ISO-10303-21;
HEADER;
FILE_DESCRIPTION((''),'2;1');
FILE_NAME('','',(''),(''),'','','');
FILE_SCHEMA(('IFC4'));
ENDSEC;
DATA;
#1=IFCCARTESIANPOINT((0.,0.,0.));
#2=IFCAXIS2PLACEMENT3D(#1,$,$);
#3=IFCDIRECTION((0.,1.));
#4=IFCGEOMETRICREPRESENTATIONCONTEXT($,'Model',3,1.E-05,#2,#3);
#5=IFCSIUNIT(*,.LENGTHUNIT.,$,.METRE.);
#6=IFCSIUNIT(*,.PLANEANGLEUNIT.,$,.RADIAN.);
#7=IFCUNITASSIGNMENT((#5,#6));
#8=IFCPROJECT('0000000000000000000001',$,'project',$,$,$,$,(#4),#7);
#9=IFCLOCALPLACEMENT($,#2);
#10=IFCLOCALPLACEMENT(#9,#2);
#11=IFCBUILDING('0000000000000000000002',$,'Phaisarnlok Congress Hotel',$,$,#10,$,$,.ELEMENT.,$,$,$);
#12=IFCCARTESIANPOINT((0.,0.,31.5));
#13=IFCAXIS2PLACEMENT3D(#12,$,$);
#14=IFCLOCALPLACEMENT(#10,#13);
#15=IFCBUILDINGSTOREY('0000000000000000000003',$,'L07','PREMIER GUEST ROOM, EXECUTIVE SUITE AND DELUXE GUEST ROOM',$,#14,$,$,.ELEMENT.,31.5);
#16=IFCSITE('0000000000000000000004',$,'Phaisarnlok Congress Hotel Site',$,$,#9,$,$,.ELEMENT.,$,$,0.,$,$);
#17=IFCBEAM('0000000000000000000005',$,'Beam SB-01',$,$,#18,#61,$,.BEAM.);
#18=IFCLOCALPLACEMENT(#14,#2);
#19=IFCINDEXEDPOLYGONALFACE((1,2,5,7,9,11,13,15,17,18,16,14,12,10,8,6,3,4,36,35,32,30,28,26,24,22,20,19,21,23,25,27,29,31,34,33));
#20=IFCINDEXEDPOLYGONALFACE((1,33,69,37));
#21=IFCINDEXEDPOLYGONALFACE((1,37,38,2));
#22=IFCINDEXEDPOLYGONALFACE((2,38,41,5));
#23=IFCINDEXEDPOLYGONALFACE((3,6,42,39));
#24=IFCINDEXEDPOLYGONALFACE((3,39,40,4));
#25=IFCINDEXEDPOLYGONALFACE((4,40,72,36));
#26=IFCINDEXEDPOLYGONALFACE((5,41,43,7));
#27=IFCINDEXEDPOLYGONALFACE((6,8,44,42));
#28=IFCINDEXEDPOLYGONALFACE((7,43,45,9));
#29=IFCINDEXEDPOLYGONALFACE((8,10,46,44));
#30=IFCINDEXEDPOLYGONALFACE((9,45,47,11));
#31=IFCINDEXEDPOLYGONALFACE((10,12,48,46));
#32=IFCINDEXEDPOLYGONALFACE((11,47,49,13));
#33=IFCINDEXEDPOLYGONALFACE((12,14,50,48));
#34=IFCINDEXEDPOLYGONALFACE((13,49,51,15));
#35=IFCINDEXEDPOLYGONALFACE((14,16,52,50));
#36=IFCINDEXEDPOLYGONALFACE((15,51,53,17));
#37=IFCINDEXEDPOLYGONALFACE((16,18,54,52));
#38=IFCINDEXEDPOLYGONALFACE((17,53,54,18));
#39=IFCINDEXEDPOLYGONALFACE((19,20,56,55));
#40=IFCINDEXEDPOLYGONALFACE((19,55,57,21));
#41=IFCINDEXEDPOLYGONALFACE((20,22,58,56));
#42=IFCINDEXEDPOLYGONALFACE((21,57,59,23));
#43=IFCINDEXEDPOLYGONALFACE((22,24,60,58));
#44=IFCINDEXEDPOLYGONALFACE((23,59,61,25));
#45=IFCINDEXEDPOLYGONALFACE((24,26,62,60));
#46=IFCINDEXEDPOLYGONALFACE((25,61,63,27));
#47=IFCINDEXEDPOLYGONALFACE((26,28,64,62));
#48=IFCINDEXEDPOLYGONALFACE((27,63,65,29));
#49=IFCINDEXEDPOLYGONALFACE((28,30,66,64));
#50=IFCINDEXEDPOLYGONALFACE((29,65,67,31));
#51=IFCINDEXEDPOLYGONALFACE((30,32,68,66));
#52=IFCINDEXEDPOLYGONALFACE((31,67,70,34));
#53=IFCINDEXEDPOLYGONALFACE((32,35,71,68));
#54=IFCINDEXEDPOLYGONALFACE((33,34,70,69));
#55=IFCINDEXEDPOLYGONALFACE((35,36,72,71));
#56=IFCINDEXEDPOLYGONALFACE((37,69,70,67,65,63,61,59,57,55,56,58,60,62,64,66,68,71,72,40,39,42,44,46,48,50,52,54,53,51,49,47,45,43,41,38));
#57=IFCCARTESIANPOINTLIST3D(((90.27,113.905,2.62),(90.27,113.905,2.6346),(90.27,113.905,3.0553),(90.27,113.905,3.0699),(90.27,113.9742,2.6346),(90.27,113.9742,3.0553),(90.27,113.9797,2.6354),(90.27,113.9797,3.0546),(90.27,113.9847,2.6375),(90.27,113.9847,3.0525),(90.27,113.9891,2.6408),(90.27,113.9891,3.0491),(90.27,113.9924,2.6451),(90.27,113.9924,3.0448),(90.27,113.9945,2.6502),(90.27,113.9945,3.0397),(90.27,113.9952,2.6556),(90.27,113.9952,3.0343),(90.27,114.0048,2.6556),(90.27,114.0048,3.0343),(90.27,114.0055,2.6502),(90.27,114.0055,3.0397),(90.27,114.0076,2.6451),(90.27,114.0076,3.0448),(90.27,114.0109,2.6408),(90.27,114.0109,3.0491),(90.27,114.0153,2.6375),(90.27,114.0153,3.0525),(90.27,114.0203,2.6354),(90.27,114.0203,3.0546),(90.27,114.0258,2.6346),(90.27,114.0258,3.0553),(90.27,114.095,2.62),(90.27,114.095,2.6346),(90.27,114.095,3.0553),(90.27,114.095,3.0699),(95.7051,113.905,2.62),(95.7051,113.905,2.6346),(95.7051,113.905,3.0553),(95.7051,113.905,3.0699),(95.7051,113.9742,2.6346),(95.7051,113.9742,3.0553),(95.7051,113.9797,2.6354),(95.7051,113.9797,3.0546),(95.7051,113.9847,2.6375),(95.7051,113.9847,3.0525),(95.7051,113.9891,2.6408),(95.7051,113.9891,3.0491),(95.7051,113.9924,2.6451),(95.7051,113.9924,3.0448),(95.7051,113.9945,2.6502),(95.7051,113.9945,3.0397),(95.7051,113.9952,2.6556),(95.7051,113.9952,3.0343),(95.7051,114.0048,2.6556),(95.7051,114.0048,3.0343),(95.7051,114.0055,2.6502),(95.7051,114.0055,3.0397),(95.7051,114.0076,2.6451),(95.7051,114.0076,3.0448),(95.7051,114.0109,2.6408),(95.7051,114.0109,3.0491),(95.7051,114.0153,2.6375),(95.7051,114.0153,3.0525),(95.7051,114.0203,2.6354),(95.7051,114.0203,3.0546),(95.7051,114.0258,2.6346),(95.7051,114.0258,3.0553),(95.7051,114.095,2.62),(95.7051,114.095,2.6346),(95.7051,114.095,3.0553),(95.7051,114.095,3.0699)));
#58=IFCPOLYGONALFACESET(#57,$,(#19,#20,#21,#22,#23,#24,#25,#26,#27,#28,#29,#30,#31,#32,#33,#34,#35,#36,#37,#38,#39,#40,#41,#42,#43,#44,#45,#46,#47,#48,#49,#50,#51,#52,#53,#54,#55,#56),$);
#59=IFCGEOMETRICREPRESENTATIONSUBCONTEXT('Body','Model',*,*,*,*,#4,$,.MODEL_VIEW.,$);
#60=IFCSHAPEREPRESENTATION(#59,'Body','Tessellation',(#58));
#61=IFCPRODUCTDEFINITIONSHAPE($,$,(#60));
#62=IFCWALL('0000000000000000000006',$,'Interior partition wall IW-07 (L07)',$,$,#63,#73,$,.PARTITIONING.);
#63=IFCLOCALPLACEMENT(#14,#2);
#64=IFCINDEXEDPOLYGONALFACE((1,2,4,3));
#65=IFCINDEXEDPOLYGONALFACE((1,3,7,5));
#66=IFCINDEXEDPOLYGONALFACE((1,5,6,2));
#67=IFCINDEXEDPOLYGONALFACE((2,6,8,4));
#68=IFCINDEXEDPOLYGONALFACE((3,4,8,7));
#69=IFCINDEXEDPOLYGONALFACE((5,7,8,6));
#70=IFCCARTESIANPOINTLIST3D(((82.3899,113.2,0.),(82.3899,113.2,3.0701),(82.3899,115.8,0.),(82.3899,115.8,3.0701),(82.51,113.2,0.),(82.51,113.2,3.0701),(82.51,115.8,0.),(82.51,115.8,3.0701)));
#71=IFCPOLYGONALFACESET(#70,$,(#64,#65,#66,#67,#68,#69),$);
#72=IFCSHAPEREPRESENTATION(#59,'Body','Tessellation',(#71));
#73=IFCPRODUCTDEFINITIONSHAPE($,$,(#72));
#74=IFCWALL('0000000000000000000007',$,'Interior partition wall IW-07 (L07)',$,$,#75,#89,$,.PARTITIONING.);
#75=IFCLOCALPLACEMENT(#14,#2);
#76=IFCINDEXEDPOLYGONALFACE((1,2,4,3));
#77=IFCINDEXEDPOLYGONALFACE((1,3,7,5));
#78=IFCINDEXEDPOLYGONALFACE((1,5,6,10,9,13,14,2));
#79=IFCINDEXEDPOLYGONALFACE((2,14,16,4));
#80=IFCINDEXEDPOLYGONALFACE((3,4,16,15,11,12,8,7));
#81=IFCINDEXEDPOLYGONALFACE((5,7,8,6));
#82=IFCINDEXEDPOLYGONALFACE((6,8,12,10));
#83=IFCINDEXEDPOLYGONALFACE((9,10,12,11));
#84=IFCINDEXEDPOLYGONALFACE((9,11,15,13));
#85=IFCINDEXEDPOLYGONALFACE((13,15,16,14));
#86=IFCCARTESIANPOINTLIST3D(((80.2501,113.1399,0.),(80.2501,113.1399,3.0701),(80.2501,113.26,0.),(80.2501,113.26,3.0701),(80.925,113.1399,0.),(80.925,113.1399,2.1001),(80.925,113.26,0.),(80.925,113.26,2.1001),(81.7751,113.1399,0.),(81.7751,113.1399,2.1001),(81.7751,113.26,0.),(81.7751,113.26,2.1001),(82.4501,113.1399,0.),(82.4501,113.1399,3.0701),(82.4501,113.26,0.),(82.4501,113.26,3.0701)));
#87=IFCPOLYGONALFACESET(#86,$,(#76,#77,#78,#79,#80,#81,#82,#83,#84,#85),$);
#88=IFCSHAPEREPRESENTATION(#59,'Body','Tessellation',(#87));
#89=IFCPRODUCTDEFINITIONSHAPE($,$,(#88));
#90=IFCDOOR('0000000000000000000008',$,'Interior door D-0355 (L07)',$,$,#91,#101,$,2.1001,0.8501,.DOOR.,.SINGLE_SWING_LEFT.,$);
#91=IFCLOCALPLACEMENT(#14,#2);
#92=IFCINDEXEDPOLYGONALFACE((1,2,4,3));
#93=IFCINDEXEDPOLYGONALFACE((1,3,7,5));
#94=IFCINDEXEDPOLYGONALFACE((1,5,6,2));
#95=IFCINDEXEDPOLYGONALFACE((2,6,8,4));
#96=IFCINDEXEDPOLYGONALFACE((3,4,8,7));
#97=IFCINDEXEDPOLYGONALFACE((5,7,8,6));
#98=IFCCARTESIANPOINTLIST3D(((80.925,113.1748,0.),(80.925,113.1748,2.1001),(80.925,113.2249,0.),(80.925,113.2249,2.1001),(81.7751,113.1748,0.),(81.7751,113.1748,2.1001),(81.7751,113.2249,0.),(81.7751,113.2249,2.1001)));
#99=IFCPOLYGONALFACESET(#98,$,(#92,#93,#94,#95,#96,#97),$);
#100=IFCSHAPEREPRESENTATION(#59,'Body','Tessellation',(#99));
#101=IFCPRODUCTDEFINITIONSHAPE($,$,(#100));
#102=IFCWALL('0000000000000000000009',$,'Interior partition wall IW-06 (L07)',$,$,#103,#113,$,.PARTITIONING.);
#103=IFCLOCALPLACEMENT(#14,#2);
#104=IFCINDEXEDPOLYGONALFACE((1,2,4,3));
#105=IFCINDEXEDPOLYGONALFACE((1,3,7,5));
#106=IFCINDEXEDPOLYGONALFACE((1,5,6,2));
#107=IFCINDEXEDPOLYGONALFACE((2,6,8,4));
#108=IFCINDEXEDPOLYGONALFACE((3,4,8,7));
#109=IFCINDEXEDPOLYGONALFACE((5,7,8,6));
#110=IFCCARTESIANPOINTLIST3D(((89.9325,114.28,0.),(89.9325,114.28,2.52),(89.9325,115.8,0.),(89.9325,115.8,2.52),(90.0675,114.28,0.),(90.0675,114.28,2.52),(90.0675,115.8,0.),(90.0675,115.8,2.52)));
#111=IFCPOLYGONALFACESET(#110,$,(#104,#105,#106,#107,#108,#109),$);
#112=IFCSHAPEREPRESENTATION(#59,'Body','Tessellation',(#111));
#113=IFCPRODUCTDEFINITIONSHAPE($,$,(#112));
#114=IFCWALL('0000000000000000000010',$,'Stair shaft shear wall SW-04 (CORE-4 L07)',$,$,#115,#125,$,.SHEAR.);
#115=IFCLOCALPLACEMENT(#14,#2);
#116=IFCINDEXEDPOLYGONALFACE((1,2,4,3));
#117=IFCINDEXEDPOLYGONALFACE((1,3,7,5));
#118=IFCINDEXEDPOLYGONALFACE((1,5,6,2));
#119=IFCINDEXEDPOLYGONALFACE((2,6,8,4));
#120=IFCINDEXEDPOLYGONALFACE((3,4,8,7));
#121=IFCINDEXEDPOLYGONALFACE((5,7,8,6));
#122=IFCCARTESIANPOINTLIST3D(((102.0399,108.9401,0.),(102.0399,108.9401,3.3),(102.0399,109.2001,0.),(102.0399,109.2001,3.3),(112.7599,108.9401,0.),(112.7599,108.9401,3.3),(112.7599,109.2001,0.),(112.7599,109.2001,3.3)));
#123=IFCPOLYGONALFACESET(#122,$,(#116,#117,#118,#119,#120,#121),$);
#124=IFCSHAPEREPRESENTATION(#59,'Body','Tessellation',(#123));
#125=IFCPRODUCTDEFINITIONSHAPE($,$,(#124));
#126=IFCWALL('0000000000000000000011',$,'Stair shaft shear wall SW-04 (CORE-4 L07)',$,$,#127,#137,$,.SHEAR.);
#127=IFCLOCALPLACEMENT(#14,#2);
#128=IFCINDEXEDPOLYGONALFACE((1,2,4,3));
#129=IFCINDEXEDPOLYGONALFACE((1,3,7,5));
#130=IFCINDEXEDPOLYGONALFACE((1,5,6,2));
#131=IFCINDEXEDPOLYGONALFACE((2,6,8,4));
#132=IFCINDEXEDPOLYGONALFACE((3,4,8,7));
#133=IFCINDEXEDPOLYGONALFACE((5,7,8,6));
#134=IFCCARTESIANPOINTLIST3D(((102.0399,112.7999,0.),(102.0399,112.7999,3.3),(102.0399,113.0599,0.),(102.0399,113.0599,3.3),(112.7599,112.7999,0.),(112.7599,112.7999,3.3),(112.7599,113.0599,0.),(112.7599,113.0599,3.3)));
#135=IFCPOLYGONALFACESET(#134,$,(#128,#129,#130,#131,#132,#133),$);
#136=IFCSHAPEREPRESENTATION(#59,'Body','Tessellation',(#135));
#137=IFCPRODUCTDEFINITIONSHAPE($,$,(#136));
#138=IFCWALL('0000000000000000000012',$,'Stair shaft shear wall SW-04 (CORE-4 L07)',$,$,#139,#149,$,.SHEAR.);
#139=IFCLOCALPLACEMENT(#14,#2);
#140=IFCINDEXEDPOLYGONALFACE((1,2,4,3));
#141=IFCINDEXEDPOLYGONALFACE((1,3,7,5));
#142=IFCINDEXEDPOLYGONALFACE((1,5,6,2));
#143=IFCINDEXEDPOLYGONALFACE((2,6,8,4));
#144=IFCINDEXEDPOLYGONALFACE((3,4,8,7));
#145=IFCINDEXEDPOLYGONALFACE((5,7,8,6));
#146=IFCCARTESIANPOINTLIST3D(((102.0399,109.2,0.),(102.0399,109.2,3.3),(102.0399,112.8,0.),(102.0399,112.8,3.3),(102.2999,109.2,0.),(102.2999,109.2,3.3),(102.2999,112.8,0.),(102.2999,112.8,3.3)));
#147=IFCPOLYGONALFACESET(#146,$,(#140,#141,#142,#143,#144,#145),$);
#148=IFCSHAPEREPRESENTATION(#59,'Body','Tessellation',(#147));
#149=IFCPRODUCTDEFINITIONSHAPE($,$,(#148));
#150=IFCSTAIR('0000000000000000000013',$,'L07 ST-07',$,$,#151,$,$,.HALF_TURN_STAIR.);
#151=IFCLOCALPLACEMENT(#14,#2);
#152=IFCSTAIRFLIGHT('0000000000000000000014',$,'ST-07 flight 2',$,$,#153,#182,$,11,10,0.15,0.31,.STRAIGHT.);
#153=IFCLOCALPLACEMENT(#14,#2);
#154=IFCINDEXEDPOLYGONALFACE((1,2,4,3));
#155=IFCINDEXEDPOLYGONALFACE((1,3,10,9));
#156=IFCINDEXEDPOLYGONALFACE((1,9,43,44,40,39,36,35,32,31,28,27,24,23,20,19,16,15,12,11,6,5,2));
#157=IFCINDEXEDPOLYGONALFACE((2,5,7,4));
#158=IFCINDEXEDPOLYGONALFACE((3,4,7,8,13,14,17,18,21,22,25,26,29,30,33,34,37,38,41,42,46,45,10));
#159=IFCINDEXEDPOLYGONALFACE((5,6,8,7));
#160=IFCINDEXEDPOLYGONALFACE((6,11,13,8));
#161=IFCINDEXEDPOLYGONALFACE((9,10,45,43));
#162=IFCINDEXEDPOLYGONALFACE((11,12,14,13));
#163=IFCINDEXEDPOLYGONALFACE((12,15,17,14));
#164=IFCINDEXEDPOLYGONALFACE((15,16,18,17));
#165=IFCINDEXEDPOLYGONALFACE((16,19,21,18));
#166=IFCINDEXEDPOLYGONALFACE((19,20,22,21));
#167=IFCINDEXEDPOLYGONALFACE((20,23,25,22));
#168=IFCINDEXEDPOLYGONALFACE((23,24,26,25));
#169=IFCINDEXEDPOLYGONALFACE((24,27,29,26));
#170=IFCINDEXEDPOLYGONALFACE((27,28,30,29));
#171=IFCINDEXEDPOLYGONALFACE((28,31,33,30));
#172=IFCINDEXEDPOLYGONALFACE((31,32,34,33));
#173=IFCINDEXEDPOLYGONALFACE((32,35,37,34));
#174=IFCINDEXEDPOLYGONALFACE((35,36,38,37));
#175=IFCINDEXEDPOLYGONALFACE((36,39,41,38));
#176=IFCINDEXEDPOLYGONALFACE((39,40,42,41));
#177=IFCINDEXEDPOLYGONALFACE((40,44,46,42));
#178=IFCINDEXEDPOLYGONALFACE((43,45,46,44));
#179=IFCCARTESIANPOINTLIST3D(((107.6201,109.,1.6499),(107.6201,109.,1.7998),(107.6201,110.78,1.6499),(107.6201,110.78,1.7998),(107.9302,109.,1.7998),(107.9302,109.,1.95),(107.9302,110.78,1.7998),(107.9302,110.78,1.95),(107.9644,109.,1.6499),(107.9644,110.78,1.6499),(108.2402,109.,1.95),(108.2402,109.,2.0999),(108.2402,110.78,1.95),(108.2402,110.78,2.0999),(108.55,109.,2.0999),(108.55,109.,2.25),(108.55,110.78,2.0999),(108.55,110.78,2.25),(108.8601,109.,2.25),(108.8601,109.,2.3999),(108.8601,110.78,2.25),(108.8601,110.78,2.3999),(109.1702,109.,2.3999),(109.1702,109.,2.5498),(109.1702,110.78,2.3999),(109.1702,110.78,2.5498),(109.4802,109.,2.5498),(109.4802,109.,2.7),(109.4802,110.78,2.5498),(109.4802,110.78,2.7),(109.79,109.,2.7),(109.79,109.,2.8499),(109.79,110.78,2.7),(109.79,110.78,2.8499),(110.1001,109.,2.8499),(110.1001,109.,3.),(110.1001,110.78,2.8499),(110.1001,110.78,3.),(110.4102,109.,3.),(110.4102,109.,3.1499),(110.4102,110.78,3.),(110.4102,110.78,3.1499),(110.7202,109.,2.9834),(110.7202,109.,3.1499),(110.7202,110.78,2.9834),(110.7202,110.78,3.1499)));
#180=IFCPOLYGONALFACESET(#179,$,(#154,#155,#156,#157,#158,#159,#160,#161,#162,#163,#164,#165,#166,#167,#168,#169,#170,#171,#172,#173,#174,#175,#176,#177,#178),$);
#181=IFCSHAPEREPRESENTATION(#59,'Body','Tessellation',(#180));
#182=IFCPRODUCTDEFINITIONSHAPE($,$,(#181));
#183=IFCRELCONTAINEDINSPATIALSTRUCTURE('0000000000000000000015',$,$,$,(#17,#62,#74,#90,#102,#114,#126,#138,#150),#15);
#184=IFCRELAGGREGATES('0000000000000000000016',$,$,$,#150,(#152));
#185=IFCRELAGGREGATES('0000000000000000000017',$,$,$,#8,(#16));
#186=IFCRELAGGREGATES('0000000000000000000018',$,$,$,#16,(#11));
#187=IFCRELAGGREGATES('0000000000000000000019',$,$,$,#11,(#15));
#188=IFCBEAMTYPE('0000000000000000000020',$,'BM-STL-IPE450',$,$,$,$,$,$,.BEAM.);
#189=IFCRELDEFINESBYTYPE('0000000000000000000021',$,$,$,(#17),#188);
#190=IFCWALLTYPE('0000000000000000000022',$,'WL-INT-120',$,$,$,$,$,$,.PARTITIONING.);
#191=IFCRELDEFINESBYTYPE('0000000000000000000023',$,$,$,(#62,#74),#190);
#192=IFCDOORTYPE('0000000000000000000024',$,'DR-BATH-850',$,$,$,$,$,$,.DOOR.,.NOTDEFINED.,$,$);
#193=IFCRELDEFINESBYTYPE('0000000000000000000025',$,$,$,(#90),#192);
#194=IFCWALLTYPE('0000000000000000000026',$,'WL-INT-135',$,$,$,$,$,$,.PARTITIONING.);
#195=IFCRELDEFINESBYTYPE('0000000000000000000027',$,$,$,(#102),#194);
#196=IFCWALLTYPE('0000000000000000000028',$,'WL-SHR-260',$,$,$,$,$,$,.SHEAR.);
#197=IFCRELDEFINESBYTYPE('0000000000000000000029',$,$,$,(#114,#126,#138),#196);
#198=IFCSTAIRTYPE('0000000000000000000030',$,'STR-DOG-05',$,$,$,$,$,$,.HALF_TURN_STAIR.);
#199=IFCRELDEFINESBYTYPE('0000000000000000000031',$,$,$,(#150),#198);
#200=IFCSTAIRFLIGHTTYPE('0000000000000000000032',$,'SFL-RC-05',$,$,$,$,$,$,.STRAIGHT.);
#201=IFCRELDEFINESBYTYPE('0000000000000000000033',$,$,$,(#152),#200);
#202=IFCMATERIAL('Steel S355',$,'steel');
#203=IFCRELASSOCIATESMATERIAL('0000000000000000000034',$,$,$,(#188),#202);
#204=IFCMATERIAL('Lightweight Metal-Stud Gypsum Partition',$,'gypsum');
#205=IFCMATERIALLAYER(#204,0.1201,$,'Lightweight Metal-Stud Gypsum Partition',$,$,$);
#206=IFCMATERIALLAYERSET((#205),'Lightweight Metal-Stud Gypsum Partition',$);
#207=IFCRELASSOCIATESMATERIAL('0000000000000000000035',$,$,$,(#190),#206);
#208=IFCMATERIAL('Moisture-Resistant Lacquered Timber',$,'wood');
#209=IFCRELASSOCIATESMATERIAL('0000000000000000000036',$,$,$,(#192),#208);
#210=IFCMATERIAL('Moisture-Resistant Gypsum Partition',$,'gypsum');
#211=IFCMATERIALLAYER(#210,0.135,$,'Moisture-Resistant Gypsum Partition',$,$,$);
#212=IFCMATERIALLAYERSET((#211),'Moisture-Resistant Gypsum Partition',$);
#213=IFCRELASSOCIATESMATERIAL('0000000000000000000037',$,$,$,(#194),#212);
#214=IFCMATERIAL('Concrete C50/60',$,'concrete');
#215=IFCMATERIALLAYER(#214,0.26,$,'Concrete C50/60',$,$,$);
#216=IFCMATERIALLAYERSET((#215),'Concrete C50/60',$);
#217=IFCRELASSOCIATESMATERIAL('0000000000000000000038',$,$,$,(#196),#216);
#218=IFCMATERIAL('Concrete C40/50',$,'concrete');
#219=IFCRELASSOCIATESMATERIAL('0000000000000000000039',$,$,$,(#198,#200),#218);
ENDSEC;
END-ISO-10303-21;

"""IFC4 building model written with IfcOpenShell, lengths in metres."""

from ifc_helpers import new_model, si_unit, direction, frame, frame_2d, origin, origin_2d, place, context, subcontext, project, spatial, polyline, rectangle, i_section, outline, extrude, material, layer, layer_set, material_profile, profile_set, type_object, element, fill, aggregate, save


model = new_model("IFC4")

# Units and contexts
model_context = context("Model", 3, precision=1e-05, world=origin(), true_north=direction((0.0, 1.0)))
body_context = subcontext(model_context, "Body", "Model", "MODEL_VIEW")
ifc_project = project(units=[si_unit("LENGTHUNIT", "METRE"), si_unit("PLANEANGLEUNIT", "RADIAN")], contexts=[model_context])

# Site, building, storey
site_placement = place(None, origin())
site = spatial("IfcSite", under=ifc_project, at=site_placement, Name="Phaisarnlok Congress Hotel Site", CompositionType="ELEMENT", RefElevation=0.0)
building_placement = place(site_placement, origin())
building = spatial("IfcBuilding", under=site, at=building_placement, Name="Phaisarnlok Congress Hotel", CompositionType="ELEMENT")
storey_placement = place(building_placement, frame((0.0, 0.0, 31.5)))
storey = spatial("IfcBuildingStorey", under=building, at=storey_placement, Name="L07", Description="PREMIER GUEST ROOM, EXECUTIVE SUITE AND DELUXE GUEST ROOM", CompositionType="ELEMENT", Elevation=31.5)

# Shared definitions
ifc_material_1 = material(Name="Concrete C50/60", Category="concrete")

# Beam
ifc_material_2 = material(Name="Concrete C40/50", Category="concrete")
ifc_material_3 = material(Name="Steel S355", Category="steel")
ifc_material_profile_1 = material_profile(ifc_material_3, i_section(OverallWidth=0.1899, OverallDepth=0.45, WebThickness=0.0095, FlangeThickness=0.0146, FilletRadius=0.021, at=origin_2d()), Name="IPE 450")
ifc_profile_set_1 = profile_set([ifc_material_profile_1], Name="Steel S355")
beam_type_1 = type_object("IfcBeamType", Name="BM-STL-IPE450", PredefinedType="BEAM", material=ifc_profile_set_1)
beam_1_placement = place(storey_placement, frame((90.27, 114.0, 2.845), z_axis=(1.0, 0.0, 0.0), x_axis=(0.0, 1.0, 0.0)))
element("IfcBeam", 1, at=beam_1_placement, inside=storey, type_object=beam_type_1, Name="Beam SB-01", PredefinedType="BEAM", context=body_context, shape_type="SweptSolid", body=[
    extrude(i_section(OverallWidth=0.1899, OverallDepth=0.45, WebThickness=0.0095, FlangeThickness=0.0146, FilletRadius=0.021, at=origin_2d()), origin(), (0.0, 0.0, 1.0), 5.4351),
])

# Wall
ifc_material_4 = material(Name="Lightweight Metal-Stud Gypsum Partition", Category="gypsum")
ifc_layer_1 = layer(ifc_material_4, 0.1201, Name="Lightweight Metal-Stud Gypsum Partition")
ifc_layer_set_1 = layer_set([ifc_layer_1], Name="Lightweight Metal-Stud Gypsum Partition")
wall_type_1 = type_object("IfcWallType", Name="WL-INT-120", PredefinedType="PARTITIONING", material=ifc_layer_set_1)
wall_1_placement = place(storey_placement, frame((82.45, 113.2, 0.0), z_axis=(0.0, 0.0, 1.0), x_axis=(0.0, 1.0, 0.0)))
element("IfcWall", 2, at=wall_1_placement, inside=storey, type_object=wall_type_1, Name="Interior partition wall IW-07 (L07)", PredefinedType="PARTITIONING", context=body_context, shape_type="SweptSolid", body=[
    extrude(rectangle(XDim=2.6001, YDim=0.1201, at=frame_2d((1.3, 0.0))), origin(), (0.0, 0.0, 1.0), 3.0701),
])

# Wall, opening, door
wall_2_placement = place(storey_placement, frame((80.25, 113.2, 0.0), z_axis=(0.0, 0.0, 1.0), x_axis=(1.0, 0.0, 0.0)))
wall_2 = element("IfcWall", 3, at=wall_2_placement, inside=storey, type_object=wall_type_1, Name="Interior partition wall IW-07 (L07)", PredefinedType="PARTITIONING", context=body_context, shape_type="SweptSolid", body=[
    extrude(rectangle(XDim=2.2, YDim=0.1201, at=frame_2d((1.1001, 0.0))), origin(), (0.0, 0.0, 1.0), 3.0701),
])
opening_placement = place(wall_2_placement, frame((0.675, 0.0, 0.0)))
opening = element("IfcOpeningElement", 4, at=opening_placement, cuts=wall_2, PredefinedType="OPENING", context=body_context, shape_type="SweptSolid", body=[
    extrude(rectangle(XDim=0.8501, YDim=2.1001, at=frame_2d((0.425, 1.05))), frame((0.0, 0.0701, 0.0), z_axis=(0.0, -1.0, 0.0), x_axis=(1.0, 0.0, 0.0)), (0.0, 0.0, 1.0), 0.1401),
])
ifc_material_5 = material(Name="Moisture-Resistant Lacquered Timber", Category="wood")
door_type = type_object("IfcDoorType", Name="DR-BATH-850", OperationType="NOTDEFINED", PredefinedType="DOOR", material=ifc_material_5)
door_placement = place(opening_placement, origin())
door = element("IfcDoor", 5, at=door_placement, inside=storey, type_object=door_type, Name="Interior door D-0355 (L07)", OperationType="SINGLE_SWING_LEFT", OverallHeight=2.1001, OverallWidth=0.8501, PredefinedType="DOOR", context=body_context, shape_type="SweptSolid", body=[
    extrude(rectangle(XDim=0.8501, YDim=2.1001, at=frame_2d((0.425, 1.05))), frame((0.0, 0.0249, 0.0), z_axis=(0.0, -1.0, 0.0), x_axis=(1.0, 0.0, 0.0)), (0.0, 0.0, 1.0), 0.05),
])
fill(opening, door)

# Walls
ifc_material_6 = material(Name="Moisture-Resistant Gypsum Partition", Category="gypsum")
ifc_layer_2 = layer(ifc_material_6, 0.135, Name="Moisture-Resistant Gypsum Partition")
ifc_layer_set_2 = layer_set([ifc_layer_2], Name="Moisture-Resistant Gypsum Partition")
wall_type_2 = type_object("IfcWallType", Name="WL-INT-135", PredefinedType="PARTITIONING", material=ifc_layer_set_2)
wall_3_placement = place(storey_placement, frame((90.0, 114.28, 0.0), z_axis=(0.0, 0.0, 1.0), x_axis=(0.0, 1.0, 0.0)))
element("IfcWall", 6, at=wall_3_placement, inside=storey, type_object=wall_type_2, Name="Interior partition wall IW-06 (L07)", PredefinedType="PARTITIONING", context=body_context, shape_type="SweptSolid", body=[
    extrude(rectangle(XDim=1.52, YDim=0.135, at=frame_2d((0.76, 0.0))), origin(), (0.0, 0.0, 1.0), 2.52),
])
ifc_layer_3 = layer(ifc_material_1, 0.26, Name="Concrete C50/60")
ifc_layer_set_3 = layer_set([ifc_layer_3], Name="Concrete C50/60")
wall_type_3 = type_object("IfcWallType", Name="WL-SHR-260", PredefinedType="SHEAR", material=ifc_layer_set_3)
for number, where, z_axis, x_axis, name in (
    (7, (102.04, 109.0701, 0.0), (0.0, 0.0, 1.0), (1.0, 0.0, 0.0), "Stair shaft shear wall SW-04 (CORE-4 L07)"),
    (8, (102.04, 112.9299, 0.0), (0.0, 0.0, 1.0), (1.0, 0.0, 0.0), "Stair shaft shear wall SW-04 (CORE-4 L07)"),
):
    element("IfcWall", number, at=place(storey_placement, frame(where, z_axis=z_axis, x_axis=x_axis)), inside=storey, type_object=wall_type_3, Name=name, PredefinedType="SHEAR", context=body_context, shape_type="SweptSolid", body=[
        extrude(rectangle(XDim=10.72, YDim=0.26, at=frame_2d((5.3599, 0.0))), origin(), (0.0, 0.0, 1.0), 3.3),
    ])
wall_4_placement = place(storey_placement, frame((102.1699, 109.2, 0.0), z_axis=(0.0, 0.0, 1.0), x_axis=(0.0, 1.0, 0.0)))
element("IfcWall", 9, at=wall_4_placement, inside=storey, type_object=wall_type_3, Name="Stair shaft shear wall SW-04 (CORE-4 L07)", PredefinedType="SHEAR", context=body_context, shape_type="SweptSolid", body=[
    extrude(rectangle(XDim=3.6001, YDim=0.26, at=frame_2d((1.8, 0.0))), origin(), (0.0, 0.0, 1.0), 3.3),
])

# Stair, stair flight
stair_type = type_object("IfcStairType", Name="STR-DOG-05", PredefinedType="HALF_TURN_STAIR", material=ifc_material_2)
stair_placement = place(storey_placement, origin())
stair = element("IfcStair", 10, at=stair_placement, inside=storey, type_object=stair_type, Name="L07 ST-07", PredefinedType="HALF_TURN_STAIR")
stair_flight_type = type_object("IfcStairFlightType", Name="SFL-RC-05", PredefinedType="STRAIGHT", material=ifc_material_2)
stair_flight_placement = place(storey_placement, frame((107.6201, 109.8899, 1.6499), z_axis=(0.0, 0.0, 1.0), x_axis=(1.0, 0.0, 0.0)))
stair_flight = element("IfcStairFlight", 11, at=stair_flight_placement, type_object=stair_flight_type, Name="ST-07 flight 2", NumberOfRisers=11, NumberOfTreads=10, PredefinedType="STRAIGHT", RiserHeight=0.15, TreadLength=0.31, context=body_context, shape_type="SweptSolid", body=[
    extrude(outline(polyline([(0.0, 0.0), (0.0, 0.1499), (0.3101, 0.1499), (0.3101, 0.3), (0.6201, 0.3), (0.6201, 0.45), (0.9299, 0.45), (0.9299, 0.6001), (1.24, 0.6001), (1.24, 0.75), (1.55, 0.75), (1.55, 0.8999), (1.8601, 0.8999), (1.8601, 1.05), (2.1699, 1.05), (2.1699, 1.2), (2.48, 1.2), (2.48, 1.3501), (2.79, 1.3501), (2.79, 1.5), (3.1001, 1.5), (3.1001, 1.6499), (3.1001, 1.3335), (0.3442, 0.0), (0.0, 0.0)])), frame((0.0, 0.8901, 0.0), z_axis=(0.0, -1.0, 0.0), x_axis=(1.0, 0.0, 0.0)), (0.0, 0.0, 1.0), 1.78),
])
aggregate(stair, [stair_flight])

save(model, "model.ifc")
